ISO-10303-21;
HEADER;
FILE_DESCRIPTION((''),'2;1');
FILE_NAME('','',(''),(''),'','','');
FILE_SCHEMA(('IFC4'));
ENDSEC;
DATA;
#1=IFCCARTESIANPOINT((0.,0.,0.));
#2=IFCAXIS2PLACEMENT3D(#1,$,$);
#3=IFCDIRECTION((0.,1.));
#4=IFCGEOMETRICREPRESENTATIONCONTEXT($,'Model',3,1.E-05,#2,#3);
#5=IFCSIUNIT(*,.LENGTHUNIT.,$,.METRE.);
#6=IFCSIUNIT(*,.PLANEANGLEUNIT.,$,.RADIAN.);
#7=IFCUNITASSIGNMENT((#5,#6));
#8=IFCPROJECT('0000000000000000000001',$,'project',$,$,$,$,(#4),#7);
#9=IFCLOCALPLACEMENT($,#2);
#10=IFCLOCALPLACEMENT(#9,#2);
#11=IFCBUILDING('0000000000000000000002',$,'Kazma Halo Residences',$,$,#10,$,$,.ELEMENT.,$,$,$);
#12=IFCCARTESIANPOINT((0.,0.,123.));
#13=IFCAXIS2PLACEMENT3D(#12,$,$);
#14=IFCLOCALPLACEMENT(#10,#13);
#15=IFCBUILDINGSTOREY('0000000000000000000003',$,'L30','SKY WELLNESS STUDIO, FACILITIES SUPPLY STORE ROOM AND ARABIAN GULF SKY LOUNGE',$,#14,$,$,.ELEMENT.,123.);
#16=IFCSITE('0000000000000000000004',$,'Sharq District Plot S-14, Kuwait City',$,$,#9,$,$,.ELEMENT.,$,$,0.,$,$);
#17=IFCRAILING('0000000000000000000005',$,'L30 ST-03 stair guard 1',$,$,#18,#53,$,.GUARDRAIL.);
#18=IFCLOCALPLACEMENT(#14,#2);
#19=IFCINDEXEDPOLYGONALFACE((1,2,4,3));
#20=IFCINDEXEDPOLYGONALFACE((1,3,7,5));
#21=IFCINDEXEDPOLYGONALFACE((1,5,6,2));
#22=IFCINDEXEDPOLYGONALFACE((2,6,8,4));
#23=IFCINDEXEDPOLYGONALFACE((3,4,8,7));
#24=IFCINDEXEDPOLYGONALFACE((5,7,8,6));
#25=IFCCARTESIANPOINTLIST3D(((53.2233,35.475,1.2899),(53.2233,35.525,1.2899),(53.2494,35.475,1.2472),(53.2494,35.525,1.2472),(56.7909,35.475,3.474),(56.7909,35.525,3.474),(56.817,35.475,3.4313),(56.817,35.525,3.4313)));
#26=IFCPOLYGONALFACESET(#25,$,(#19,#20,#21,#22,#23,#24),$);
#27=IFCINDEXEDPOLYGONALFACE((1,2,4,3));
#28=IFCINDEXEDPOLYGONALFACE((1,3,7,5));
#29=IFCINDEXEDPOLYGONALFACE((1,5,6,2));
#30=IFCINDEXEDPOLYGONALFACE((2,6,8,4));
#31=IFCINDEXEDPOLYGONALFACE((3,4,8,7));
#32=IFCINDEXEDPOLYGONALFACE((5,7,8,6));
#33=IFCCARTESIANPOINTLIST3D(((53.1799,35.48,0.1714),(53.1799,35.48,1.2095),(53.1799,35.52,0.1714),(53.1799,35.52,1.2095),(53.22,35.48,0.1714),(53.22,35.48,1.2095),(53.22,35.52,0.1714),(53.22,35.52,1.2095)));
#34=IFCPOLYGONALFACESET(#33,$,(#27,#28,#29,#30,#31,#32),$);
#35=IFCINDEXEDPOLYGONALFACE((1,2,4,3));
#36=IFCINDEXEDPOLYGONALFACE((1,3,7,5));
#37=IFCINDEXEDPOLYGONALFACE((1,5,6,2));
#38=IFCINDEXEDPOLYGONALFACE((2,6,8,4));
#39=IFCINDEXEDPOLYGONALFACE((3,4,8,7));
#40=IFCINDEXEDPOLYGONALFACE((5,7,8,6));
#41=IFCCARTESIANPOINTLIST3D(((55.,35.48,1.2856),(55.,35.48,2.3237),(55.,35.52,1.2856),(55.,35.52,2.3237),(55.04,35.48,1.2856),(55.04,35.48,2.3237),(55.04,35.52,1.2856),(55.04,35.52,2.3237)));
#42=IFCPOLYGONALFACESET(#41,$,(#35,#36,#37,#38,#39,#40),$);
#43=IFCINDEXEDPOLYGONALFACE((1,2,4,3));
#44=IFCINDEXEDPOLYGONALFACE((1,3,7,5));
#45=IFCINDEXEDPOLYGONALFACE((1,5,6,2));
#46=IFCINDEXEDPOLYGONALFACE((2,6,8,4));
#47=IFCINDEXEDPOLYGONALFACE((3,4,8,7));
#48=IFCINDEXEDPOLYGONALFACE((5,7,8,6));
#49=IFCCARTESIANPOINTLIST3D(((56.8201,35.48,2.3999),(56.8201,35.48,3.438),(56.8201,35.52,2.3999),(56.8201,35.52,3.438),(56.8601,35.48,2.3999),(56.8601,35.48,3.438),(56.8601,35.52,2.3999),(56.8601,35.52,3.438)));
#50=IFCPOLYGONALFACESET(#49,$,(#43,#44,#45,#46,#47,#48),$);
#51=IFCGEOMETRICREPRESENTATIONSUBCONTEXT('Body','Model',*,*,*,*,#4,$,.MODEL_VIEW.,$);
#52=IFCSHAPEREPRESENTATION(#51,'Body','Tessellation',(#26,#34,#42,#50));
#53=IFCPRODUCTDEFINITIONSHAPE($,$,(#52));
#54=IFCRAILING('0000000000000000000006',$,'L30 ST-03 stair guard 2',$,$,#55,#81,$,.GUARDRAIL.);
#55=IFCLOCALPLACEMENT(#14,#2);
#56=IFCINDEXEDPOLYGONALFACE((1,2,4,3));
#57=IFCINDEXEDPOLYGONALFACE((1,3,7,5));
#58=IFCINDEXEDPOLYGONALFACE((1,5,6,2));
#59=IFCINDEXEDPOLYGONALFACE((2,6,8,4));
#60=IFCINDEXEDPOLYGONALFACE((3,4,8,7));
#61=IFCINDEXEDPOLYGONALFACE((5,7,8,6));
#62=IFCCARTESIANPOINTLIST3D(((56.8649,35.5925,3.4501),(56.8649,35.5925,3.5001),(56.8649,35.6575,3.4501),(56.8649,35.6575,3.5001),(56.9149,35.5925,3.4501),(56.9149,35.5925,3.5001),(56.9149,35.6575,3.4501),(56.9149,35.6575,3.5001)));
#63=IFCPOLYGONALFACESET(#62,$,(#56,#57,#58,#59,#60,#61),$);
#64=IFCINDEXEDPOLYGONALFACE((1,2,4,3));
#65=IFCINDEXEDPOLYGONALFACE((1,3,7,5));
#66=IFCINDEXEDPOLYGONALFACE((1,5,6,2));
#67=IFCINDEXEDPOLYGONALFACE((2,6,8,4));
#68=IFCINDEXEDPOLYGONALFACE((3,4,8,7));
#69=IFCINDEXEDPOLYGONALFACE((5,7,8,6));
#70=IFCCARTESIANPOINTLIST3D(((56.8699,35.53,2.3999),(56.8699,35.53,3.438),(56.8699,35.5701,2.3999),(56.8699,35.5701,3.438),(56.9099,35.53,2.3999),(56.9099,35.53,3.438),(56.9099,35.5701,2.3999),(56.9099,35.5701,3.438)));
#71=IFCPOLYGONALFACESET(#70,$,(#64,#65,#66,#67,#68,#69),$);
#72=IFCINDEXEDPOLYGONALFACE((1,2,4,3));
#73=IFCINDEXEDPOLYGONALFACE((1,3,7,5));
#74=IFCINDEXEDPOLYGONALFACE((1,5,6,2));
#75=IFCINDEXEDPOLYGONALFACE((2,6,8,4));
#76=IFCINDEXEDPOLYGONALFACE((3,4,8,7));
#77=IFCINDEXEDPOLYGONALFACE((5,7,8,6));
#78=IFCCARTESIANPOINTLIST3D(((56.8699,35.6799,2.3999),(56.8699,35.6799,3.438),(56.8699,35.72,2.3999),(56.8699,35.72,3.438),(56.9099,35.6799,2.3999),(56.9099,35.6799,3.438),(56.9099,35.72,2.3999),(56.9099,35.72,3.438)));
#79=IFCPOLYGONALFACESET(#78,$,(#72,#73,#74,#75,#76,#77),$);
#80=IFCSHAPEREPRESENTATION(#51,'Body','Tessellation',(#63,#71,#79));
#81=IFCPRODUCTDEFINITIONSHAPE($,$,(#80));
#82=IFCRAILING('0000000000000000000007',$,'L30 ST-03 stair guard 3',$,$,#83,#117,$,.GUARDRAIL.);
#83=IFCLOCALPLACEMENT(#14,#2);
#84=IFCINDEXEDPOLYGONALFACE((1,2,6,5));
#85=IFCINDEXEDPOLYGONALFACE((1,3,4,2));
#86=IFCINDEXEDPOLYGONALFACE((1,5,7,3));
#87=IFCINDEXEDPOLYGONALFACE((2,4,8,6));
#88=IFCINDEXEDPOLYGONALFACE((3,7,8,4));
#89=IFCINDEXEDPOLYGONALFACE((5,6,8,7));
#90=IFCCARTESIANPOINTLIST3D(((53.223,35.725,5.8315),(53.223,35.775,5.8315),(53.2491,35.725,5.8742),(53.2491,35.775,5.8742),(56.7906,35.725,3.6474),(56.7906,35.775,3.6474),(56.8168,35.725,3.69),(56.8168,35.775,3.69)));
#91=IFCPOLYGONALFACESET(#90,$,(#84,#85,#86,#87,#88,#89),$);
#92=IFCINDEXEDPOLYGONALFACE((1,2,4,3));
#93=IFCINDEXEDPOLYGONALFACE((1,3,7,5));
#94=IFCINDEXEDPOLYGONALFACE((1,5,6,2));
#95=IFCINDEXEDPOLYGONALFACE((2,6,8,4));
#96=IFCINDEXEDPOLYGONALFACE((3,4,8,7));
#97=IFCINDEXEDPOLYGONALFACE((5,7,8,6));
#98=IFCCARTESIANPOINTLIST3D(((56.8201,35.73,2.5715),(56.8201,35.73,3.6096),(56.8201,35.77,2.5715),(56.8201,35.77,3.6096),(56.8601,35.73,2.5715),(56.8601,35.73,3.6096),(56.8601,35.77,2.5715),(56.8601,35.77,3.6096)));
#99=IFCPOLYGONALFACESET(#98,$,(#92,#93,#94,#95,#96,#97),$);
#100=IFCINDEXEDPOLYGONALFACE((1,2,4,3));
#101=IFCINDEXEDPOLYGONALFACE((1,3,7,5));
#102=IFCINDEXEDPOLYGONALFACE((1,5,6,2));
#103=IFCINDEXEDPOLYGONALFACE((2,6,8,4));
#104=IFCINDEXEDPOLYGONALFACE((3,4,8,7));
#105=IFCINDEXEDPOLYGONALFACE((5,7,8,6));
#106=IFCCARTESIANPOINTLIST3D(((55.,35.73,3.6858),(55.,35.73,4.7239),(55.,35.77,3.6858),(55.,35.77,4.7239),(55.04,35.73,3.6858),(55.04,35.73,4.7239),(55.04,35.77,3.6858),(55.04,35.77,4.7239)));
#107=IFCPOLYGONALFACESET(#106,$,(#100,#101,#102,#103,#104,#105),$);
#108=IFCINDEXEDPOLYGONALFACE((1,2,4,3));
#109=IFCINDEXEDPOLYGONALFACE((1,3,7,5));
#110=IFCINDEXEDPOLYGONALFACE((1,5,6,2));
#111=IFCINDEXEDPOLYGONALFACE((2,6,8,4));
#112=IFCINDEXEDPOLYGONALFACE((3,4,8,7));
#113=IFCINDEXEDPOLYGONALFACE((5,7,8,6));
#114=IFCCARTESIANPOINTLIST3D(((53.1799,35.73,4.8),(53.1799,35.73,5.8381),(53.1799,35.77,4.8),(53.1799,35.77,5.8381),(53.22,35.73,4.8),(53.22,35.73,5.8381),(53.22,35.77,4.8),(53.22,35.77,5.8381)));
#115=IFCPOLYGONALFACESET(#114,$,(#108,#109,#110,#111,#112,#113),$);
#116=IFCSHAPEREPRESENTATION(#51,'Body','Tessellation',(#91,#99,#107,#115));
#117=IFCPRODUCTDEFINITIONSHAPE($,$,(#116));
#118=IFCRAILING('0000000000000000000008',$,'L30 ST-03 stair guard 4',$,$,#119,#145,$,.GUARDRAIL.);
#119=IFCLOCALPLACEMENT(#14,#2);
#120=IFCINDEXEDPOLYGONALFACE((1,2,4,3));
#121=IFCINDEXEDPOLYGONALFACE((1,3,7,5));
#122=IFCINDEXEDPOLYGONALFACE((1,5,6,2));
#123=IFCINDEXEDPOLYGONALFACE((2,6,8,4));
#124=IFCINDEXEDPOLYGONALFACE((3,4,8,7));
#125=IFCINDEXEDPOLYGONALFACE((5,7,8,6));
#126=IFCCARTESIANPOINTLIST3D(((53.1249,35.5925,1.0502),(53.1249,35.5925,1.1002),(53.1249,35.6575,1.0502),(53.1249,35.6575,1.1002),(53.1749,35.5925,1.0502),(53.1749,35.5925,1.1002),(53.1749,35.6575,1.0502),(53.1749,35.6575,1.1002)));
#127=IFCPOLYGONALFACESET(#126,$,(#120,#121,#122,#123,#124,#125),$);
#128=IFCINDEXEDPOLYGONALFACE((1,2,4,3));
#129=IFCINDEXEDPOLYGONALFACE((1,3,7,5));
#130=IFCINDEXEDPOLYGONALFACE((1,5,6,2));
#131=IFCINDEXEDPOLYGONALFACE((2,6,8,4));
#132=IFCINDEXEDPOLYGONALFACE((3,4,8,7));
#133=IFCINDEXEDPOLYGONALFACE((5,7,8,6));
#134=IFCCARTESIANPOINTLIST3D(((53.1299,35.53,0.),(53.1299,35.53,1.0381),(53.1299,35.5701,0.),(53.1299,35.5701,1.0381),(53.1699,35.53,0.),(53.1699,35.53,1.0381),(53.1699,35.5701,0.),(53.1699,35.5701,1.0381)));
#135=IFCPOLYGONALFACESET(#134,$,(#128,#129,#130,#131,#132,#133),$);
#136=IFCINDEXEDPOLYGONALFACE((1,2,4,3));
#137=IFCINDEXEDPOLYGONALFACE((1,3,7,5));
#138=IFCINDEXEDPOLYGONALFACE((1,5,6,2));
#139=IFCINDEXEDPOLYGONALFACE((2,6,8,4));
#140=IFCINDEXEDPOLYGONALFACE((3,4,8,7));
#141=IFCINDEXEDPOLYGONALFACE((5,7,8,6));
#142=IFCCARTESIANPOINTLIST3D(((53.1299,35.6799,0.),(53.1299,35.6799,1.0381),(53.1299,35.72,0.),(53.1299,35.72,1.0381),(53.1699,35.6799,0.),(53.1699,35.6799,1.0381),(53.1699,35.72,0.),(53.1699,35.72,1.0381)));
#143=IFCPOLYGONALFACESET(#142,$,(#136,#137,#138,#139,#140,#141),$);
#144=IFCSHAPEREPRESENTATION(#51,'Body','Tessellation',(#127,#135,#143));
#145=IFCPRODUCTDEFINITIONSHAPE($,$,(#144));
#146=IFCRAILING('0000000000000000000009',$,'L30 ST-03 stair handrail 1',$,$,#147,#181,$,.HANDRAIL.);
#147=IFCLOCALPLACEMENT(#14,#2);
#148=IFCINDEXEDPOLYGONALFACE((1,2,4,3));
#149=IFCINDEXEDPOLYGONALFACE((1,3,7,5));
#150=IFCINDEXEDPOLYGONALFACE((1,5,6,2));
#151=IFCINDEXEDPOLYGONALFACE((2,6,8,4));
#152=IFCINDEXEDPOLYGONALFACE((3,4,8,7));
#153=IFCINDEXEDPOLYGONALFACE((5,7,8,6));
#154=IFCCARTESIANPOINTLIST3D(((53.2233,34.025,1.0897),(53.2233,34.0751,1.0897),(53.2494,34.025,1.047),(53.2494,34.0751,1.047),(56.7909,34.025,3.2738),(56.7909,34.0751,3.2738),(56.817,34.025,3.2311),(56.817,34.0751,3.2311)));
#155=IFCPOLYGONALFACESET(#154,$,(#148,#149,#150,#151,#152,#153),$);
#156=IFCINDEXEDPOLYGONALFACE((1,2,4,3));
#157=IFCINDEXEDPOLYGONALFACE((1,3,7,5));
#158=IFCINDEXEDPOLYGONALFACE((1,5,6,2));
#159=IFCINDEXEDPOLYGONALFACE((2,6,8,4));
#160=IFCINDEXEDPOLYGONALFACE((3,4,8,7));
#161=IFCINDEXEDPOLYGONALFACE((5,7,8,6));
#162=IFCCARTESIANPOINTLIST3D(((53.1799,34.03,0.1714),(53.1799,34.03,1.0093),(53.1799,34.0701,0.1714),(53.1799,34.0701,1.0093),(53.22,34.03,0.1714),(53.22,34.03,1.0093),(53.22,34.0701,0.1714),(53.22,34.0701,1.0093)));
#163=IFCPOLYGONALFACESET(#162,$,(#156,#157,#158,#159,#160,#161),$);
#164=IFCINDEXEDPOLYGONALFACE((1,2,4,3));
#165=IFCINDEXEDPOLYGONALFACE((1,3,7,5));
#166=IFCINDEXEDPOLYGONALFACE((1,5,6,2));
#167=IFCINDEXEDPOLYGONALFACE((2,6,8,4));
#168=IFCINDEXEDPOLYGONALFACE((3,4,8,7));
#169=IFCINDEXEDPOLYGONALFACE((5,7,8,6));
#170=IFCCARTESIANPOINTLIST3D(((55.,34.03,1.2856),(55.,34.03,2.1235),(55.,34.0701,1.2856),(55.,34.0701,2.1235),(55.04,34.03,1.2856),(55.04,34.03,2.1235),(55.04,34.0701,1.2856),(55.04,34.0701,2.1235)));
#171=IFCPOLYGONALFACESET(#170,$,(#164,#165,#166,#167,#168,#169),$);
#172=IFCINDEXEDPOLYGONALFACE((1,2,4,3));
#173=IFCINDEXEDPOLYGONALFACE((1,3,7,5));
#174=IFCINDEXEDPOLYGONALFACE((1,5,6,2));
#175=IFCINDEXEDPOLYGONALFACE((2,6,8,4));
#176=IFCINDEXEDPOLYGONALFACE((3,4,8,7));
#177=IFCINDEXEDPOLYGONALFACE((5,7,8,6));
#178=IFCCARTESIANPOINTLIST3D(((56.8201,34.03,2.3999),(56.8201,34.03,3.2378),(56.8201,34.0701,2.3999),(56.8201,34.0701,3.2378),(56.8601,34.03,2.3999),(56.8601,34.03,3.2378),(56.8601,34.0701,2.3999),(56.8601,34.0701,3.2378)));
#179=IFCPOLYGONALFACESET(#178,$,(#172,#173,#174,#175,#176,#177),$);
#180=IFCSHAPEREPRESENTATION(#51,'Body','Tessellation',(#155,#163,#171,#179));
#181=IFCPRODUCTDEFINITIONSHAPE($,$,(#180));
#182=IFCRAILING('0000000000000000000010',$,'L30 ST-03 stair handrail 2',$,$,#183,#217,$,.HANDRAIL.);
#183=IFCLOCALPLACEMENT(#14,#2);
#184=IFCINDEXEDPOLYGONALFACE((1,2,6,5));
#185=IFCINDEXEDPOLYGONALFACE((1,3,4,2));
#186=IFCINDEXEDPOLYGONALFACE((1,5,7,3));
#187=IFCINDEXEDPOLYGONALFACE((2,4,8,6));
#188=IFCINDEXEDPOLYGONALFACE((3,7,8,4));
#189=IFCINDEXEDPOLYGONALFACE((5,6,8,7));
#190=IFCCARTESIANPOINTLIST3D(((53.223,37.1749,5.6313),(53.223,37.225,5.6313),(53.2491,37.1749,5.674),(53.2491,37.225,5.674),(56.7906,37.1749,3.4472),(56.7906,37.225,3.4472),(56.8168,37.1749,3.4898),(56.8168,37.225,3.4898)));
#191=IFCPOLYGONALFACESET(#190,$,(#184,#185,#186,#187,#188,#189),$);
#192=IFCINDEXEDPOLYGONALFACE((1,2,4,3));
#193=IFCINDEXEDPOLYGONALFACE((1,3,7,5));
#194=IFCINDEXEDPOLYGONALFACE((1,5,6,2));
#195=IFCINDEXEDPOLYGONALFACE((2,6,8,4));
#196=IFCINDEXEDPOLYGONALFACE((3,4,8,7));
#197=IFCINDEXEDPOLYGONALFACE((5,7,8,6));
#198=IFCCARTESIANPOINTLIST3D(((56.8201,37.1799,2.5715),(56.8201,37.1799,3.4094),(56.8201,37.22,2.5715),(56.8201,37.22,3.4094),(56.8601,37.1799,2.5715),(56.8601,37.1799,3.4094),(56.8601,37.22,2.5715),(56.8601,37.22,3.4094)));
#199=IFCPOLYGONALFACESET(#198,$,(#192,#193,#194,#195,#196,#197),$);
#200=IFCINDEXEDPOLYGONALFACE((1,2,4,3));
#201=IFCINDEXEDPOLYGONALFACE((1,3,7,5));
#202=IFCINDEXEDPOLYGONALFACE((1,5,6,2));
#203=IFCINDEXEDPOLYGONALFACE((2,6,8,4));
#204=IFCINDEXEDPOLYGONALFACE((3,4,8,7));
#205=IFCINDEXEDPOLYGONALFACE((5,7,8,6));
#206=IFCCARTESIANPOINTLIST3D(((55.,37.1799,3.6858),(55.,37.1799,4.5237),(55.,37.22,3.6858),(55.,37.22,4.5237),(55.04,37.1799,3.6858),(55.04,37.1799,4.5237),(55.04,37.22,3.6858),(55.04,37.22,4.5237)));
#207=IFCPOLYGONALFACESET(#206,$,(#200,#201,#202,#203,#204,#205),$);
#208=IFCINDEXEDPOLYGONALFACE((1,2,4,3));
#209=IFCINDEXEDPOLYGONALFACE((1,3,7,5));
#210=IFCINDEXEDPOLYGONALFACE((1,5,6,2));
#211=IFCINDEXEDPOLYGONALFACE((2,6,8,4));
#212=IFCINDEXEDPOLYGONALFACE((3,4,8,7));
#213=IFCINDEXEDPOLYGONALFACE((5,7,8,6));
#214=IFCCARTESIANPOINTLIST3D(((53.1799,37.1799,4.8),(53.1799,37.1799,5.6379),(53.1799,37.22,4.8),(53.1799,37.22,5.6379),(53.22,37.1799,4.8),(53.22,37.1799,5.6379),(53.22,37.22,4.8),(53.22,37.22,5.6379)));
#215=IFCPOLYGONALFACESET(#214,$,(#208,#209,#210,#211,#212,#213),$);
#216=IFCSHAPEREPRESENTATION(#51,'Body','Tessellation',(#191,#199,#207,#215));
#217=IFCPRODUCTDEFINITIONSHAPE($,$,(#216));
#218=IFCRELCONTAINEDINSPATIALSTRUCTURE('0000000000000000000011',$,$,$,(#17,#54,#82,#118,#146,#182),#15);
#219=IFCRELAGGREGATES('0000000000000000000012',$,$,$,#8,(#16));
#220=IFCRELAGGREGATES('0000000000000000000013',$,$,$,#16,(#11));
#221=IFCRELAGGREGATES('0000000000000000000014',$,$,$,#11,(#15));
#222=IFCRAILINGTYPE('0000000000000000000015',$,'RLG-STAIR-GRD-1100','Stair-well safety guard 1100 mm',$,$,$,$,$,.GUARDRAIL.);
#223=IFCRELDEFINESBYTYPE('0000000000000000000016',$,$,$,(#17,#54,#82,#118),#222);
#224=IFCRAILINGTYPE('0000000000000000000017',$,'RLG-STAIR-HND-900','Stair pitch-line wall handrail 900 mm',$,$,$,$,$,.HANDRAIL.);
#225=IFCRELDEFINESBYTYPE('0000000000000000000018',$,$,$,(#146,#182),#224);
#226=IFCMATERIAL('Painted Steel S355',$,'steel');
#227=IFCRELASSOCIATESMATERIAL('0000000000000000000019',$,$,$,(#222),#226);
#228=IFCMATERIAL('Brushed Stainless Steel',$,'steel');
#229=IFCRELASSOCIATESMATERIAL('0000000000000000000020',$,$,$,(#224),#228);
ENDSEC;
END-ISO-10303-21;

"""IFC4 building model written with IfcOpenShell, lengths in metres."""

from ifc_helpers import new_model, si_unit, direction, frame, origin, origin_2d, place, context, subcontext, project, spatial, rectangle, extrude, material, type_object, element, save


model = new_model("IFC4")

# Units and contexts
model_context = context("Model", 3, precision=1e-05, world=origin(), true_north=direction((0.0, 1.0)))
body_context = subcontext(model_context, "Body", "Model", "MODEL_VIEW")
ifc_project = project(units=[si_unit("LENGTHUNIT", "METRE"), si_unit("PLANEANGLEUNIT", "RADIAN")], contexts=[model_context])

# Site, building, storey
site_placement = place(None, origin())
site = spatial("IfcSite", under=ifc_project, at=site_placement, Name="Sharq District Plot S-14, Kuwait City", CompositionType="ELEMENT", RefElevation=0.0)
building_placement = place(site_placement, origin())
building = spatial("IfcBuilding", under=site, at=building_placement, Name="Kazma Halo Residences", CompositionType="ELEMENT")
storey_placement = place(building_placement, frame((0.0, 0.0, 123.0)))
storey = spatial("IfcBuildingStorey", under=building, at=storey_placement, Name="L30", Description="SKY WELLNESS STUDIO, FACILITIES SUPPLY STORE ROOM AND ARABIAN GULF SKY LOUNGE", CompositionType="ELEMENT", Elevation=123.0)

# Railings
ifc_material_1 = material(Name="Painted Steel S355", Category="steel")
railing_type_1 = type_object("IfcRailingType", Name="RLG-STAIR-GRD-1100", Description="Stair-well safety guard 1100 mm", PredefinedType="GUARDRAIL", material=ifc_material_1)
railing_1_placement = place(storey_placement, frame((53.2, 35.5, 0.1714)))
element("IfcRailing", 1, at=railing_1_placement, inside=storey, type_object=railing_type_1, Name="L30 ST-03 stair guard 1", PredefinedType="GUARDRAIL", context=body_context, shape_type="SweptSolid", body=[
    extrude(rectangle(XDim=0.05, YDim=0.05, at=origin_2d()), frame((0.0364, 0.0, 1.0972), z_axis=(0.852866, 0.0, 0.52213), x_axis=(0.0, 1.0, 0.0)), (0.0, 0.0, 1.0), 4.1831),
    extrude(rectangle(XDim=0.04, YDim=0.04, at=origin_2d()), origin(), (0.0, 0.0, 1.0), 1.0381),
    extrude(rectangle(XDim=0.04, YDim=0.04, at=origin_2d()), frame((1.8201, 0.0, 1.1143)), (0.0, 0.0, 1.0), 1.0381),
    extrude(rectangle(XDim=0.04, YDim=0.04, at=origin_2d()), frame((3.6401, 0.0, 2.2285)), (0.0, 0.0, 1.0), 1.0381),
])
railing_2_placement = place(storey_placement, frame((56.8899, 35.55, 2.3999)))
element("IfcRailing", 2, at=railing_2_placement, inside=storey, type_object=railing_type_1, Name="L30 ST-03 stair guard 2", PredefinedType="GUARDRAIL", context=body_context, shape_type="SweptSolid", body=[
    extrude(rectangle(XDim=0.05, YDim=0.05, at=origin_2d()), frame((0.0, 0.0425, 1.0752), z_axis=(0.0, 1.0, 0.0), x_axis=(-1.0, 0.0, 0.0)), (0.0, 0.0, 1.0), 0.0649),
    extrude(rectangle(XDim=0.04, YDim=0.04, at=origin_2d()), origin(), (0.0, 0.0, 1.0), 1.0381),
    extrude(rectangle(XDim=0.04, YDim=0.04, at=origin_2d()), frame((0.0, 0.1499, 0.0)), (0.0, 0.0, 1.0), 1.0381),
])
railing_3_placement = place(storey_placement, frame((56.8401, 35.75, 2.5715)))
element("IfcRailing", 3, at=railing_3_placement, inside=storey, type_object=railing_type_1, Name="L30 ST-03 stair guard 3", PredefinedType="GUARDRAIL", context=body_context, shape_type="SweptSolid", body=[
    extrude(rectangle(XDim=0.05, YDim=0.05, at=origin_2d()), frame((-0.0364, 0.0, 1.0972), z_axis=(-0.852866, 0.0, 0.52213), x_axis=(0.0, -1.0, 0.0)), (0.0, 0.0, 1.0), 4.1831),
    extrude(rectangle(XDim=0.04, YDim=0.04, at=origin_2d()), origin(), (0.0, 0.0, 1.0), 1.0381),
    extrude(rectangle(XDim=0.04, YDim=0.04, at=origin_2d()), frame((-1.8201, 0.0, 1.1143)), (0.0, 0.0, 1.0), 1.0381),
    extrude(rectangle(XDim=0.04, YDim=0.04, at=origin_2d()), frame((-3.6401, 0.0, 2.2285)), (0.0, 0.0, 1.0), 1.0381),
])
railing_4_placement = place(storey_placement, frame((53.1499, 35.55, 0.0)))
element("IfcRailing", 4, at=railing_4_placement, inside=storey, type_object=railing_type_1, Name="L30 ST-03 stair guard 4", PredefinedType="GUARDRAIL", context=body_context, shape_type="SweptSolid", body=[
    extrude(rectangle(XDim=0.05, YDim=0.05, at=origin_2d()), frame((0.0, 0.0425, 1.0752), z_axis=(0.0, 1.0, 0.0), x_axis=(-1.0, 0.0, 0.0)), (0.0, 0.0, 1.0), 0.0649),
    extrude(rectangle(XDim=0.04, YDim=0.04, at=origin_2d()), origin(), (0.0, 0.0, 1.0), 1.0381),
    extrude(rectangle(XDim=0.04, YDim=0.04, at=origin_2d()), frame((0.0, 0.1499, 0.0)), (0.0, 0.0, 1.0), 1.0381),
])
ifc_material_2 = material(Name="Brushed Stainless Steel", Category="steel")
railing_type_2 = type_object("IfcRailingType", Name="RLG-STAIR-HND-900", Description="Stair pitch-line wall handrail 900 mm", PredefinedType="HANDRAIL", material=ifc_material_2)
railing_5_placement = place(storey_placement, frame((53.2, 34.05, 0.1714)))
element("IfcRailing", 5, at=railing_5_placement, inside=storey, type_object=railing_type_2, Name="L30 ST-03 stair handrail 1", PredefinedType="HANDRAIL", context=body_context, shape_type="SweptSolid", body=[
    extrude(rectangle(XDim=0.05, YDim=0.05, at=origin_2d()), frame((0.0364, 0.0, 0.897), z_axis=(0.852866, 0.0, 0.52213), x_axis=(0.0, 1.0, 0.0)), (0.0, 0.0, 1.0), 4.1831),
    extrude(rectangle(XDim=0.04, YDim=0.04, at=origin_2d()), origin(), (0.0, 0.0, 1.0), 0.8379),
    extrude(rectangle(XDim=0.04, YDim=0.04, at=origin_2d()), frame((1.8201, 0.0, 1.1143)), (0.0, 0.0, 1.0), 0.8379),
    extrude(rectangle(XDim=0.04, YDim=0.04, at=origin_2d()), frame((3.6401, 0.0, 2.2285)), (0.0, 0.0, 1.0), 0.8379),
])
railing_6_placement = place(storey_placement, frame((56.8401, 37.2, 2.5715)))
element("IfcRailing", 6, at=railing_6_placement, inside=storey, type_object=railing_type_2, Name="L30 ST-03 stair handrail 2", PredefinedType="HANDRAIL", context=body_context, shape_type="SweptSolid", body=[
    extrude(rectangle(XDim=0.05, YDim=0.05, at=origin_2d()), frame((-0.0364, 0.0, 0.897), z_axis=(-0.852866, 0.0, 0.52213), x_axis=(0.0, -1.0, 0.0)), (0.0, 0.0, 1.0), 4.1831),
    extrude(rectangle(XDim=0.04, YDim=0.04, at=origin_2d()), origin(), (0.0, 0.0, 1.0), 0.8379),
    extrude(rectangle(XDim=0.04, YDim=0.04, at=origin_2d()), frame((-1.8201, 0.0, 1.1143)), (0.0, 0.0, 1.0), 0.8379),
    extrude(rectangle(XDim=0.04, YDim=0.04, at=origin_2d()), frame((-3.6401, 0.0, 2.2285)), (0.0, 0.0, 1.0), 0.8379),
])

save(model, "model.ifc")
